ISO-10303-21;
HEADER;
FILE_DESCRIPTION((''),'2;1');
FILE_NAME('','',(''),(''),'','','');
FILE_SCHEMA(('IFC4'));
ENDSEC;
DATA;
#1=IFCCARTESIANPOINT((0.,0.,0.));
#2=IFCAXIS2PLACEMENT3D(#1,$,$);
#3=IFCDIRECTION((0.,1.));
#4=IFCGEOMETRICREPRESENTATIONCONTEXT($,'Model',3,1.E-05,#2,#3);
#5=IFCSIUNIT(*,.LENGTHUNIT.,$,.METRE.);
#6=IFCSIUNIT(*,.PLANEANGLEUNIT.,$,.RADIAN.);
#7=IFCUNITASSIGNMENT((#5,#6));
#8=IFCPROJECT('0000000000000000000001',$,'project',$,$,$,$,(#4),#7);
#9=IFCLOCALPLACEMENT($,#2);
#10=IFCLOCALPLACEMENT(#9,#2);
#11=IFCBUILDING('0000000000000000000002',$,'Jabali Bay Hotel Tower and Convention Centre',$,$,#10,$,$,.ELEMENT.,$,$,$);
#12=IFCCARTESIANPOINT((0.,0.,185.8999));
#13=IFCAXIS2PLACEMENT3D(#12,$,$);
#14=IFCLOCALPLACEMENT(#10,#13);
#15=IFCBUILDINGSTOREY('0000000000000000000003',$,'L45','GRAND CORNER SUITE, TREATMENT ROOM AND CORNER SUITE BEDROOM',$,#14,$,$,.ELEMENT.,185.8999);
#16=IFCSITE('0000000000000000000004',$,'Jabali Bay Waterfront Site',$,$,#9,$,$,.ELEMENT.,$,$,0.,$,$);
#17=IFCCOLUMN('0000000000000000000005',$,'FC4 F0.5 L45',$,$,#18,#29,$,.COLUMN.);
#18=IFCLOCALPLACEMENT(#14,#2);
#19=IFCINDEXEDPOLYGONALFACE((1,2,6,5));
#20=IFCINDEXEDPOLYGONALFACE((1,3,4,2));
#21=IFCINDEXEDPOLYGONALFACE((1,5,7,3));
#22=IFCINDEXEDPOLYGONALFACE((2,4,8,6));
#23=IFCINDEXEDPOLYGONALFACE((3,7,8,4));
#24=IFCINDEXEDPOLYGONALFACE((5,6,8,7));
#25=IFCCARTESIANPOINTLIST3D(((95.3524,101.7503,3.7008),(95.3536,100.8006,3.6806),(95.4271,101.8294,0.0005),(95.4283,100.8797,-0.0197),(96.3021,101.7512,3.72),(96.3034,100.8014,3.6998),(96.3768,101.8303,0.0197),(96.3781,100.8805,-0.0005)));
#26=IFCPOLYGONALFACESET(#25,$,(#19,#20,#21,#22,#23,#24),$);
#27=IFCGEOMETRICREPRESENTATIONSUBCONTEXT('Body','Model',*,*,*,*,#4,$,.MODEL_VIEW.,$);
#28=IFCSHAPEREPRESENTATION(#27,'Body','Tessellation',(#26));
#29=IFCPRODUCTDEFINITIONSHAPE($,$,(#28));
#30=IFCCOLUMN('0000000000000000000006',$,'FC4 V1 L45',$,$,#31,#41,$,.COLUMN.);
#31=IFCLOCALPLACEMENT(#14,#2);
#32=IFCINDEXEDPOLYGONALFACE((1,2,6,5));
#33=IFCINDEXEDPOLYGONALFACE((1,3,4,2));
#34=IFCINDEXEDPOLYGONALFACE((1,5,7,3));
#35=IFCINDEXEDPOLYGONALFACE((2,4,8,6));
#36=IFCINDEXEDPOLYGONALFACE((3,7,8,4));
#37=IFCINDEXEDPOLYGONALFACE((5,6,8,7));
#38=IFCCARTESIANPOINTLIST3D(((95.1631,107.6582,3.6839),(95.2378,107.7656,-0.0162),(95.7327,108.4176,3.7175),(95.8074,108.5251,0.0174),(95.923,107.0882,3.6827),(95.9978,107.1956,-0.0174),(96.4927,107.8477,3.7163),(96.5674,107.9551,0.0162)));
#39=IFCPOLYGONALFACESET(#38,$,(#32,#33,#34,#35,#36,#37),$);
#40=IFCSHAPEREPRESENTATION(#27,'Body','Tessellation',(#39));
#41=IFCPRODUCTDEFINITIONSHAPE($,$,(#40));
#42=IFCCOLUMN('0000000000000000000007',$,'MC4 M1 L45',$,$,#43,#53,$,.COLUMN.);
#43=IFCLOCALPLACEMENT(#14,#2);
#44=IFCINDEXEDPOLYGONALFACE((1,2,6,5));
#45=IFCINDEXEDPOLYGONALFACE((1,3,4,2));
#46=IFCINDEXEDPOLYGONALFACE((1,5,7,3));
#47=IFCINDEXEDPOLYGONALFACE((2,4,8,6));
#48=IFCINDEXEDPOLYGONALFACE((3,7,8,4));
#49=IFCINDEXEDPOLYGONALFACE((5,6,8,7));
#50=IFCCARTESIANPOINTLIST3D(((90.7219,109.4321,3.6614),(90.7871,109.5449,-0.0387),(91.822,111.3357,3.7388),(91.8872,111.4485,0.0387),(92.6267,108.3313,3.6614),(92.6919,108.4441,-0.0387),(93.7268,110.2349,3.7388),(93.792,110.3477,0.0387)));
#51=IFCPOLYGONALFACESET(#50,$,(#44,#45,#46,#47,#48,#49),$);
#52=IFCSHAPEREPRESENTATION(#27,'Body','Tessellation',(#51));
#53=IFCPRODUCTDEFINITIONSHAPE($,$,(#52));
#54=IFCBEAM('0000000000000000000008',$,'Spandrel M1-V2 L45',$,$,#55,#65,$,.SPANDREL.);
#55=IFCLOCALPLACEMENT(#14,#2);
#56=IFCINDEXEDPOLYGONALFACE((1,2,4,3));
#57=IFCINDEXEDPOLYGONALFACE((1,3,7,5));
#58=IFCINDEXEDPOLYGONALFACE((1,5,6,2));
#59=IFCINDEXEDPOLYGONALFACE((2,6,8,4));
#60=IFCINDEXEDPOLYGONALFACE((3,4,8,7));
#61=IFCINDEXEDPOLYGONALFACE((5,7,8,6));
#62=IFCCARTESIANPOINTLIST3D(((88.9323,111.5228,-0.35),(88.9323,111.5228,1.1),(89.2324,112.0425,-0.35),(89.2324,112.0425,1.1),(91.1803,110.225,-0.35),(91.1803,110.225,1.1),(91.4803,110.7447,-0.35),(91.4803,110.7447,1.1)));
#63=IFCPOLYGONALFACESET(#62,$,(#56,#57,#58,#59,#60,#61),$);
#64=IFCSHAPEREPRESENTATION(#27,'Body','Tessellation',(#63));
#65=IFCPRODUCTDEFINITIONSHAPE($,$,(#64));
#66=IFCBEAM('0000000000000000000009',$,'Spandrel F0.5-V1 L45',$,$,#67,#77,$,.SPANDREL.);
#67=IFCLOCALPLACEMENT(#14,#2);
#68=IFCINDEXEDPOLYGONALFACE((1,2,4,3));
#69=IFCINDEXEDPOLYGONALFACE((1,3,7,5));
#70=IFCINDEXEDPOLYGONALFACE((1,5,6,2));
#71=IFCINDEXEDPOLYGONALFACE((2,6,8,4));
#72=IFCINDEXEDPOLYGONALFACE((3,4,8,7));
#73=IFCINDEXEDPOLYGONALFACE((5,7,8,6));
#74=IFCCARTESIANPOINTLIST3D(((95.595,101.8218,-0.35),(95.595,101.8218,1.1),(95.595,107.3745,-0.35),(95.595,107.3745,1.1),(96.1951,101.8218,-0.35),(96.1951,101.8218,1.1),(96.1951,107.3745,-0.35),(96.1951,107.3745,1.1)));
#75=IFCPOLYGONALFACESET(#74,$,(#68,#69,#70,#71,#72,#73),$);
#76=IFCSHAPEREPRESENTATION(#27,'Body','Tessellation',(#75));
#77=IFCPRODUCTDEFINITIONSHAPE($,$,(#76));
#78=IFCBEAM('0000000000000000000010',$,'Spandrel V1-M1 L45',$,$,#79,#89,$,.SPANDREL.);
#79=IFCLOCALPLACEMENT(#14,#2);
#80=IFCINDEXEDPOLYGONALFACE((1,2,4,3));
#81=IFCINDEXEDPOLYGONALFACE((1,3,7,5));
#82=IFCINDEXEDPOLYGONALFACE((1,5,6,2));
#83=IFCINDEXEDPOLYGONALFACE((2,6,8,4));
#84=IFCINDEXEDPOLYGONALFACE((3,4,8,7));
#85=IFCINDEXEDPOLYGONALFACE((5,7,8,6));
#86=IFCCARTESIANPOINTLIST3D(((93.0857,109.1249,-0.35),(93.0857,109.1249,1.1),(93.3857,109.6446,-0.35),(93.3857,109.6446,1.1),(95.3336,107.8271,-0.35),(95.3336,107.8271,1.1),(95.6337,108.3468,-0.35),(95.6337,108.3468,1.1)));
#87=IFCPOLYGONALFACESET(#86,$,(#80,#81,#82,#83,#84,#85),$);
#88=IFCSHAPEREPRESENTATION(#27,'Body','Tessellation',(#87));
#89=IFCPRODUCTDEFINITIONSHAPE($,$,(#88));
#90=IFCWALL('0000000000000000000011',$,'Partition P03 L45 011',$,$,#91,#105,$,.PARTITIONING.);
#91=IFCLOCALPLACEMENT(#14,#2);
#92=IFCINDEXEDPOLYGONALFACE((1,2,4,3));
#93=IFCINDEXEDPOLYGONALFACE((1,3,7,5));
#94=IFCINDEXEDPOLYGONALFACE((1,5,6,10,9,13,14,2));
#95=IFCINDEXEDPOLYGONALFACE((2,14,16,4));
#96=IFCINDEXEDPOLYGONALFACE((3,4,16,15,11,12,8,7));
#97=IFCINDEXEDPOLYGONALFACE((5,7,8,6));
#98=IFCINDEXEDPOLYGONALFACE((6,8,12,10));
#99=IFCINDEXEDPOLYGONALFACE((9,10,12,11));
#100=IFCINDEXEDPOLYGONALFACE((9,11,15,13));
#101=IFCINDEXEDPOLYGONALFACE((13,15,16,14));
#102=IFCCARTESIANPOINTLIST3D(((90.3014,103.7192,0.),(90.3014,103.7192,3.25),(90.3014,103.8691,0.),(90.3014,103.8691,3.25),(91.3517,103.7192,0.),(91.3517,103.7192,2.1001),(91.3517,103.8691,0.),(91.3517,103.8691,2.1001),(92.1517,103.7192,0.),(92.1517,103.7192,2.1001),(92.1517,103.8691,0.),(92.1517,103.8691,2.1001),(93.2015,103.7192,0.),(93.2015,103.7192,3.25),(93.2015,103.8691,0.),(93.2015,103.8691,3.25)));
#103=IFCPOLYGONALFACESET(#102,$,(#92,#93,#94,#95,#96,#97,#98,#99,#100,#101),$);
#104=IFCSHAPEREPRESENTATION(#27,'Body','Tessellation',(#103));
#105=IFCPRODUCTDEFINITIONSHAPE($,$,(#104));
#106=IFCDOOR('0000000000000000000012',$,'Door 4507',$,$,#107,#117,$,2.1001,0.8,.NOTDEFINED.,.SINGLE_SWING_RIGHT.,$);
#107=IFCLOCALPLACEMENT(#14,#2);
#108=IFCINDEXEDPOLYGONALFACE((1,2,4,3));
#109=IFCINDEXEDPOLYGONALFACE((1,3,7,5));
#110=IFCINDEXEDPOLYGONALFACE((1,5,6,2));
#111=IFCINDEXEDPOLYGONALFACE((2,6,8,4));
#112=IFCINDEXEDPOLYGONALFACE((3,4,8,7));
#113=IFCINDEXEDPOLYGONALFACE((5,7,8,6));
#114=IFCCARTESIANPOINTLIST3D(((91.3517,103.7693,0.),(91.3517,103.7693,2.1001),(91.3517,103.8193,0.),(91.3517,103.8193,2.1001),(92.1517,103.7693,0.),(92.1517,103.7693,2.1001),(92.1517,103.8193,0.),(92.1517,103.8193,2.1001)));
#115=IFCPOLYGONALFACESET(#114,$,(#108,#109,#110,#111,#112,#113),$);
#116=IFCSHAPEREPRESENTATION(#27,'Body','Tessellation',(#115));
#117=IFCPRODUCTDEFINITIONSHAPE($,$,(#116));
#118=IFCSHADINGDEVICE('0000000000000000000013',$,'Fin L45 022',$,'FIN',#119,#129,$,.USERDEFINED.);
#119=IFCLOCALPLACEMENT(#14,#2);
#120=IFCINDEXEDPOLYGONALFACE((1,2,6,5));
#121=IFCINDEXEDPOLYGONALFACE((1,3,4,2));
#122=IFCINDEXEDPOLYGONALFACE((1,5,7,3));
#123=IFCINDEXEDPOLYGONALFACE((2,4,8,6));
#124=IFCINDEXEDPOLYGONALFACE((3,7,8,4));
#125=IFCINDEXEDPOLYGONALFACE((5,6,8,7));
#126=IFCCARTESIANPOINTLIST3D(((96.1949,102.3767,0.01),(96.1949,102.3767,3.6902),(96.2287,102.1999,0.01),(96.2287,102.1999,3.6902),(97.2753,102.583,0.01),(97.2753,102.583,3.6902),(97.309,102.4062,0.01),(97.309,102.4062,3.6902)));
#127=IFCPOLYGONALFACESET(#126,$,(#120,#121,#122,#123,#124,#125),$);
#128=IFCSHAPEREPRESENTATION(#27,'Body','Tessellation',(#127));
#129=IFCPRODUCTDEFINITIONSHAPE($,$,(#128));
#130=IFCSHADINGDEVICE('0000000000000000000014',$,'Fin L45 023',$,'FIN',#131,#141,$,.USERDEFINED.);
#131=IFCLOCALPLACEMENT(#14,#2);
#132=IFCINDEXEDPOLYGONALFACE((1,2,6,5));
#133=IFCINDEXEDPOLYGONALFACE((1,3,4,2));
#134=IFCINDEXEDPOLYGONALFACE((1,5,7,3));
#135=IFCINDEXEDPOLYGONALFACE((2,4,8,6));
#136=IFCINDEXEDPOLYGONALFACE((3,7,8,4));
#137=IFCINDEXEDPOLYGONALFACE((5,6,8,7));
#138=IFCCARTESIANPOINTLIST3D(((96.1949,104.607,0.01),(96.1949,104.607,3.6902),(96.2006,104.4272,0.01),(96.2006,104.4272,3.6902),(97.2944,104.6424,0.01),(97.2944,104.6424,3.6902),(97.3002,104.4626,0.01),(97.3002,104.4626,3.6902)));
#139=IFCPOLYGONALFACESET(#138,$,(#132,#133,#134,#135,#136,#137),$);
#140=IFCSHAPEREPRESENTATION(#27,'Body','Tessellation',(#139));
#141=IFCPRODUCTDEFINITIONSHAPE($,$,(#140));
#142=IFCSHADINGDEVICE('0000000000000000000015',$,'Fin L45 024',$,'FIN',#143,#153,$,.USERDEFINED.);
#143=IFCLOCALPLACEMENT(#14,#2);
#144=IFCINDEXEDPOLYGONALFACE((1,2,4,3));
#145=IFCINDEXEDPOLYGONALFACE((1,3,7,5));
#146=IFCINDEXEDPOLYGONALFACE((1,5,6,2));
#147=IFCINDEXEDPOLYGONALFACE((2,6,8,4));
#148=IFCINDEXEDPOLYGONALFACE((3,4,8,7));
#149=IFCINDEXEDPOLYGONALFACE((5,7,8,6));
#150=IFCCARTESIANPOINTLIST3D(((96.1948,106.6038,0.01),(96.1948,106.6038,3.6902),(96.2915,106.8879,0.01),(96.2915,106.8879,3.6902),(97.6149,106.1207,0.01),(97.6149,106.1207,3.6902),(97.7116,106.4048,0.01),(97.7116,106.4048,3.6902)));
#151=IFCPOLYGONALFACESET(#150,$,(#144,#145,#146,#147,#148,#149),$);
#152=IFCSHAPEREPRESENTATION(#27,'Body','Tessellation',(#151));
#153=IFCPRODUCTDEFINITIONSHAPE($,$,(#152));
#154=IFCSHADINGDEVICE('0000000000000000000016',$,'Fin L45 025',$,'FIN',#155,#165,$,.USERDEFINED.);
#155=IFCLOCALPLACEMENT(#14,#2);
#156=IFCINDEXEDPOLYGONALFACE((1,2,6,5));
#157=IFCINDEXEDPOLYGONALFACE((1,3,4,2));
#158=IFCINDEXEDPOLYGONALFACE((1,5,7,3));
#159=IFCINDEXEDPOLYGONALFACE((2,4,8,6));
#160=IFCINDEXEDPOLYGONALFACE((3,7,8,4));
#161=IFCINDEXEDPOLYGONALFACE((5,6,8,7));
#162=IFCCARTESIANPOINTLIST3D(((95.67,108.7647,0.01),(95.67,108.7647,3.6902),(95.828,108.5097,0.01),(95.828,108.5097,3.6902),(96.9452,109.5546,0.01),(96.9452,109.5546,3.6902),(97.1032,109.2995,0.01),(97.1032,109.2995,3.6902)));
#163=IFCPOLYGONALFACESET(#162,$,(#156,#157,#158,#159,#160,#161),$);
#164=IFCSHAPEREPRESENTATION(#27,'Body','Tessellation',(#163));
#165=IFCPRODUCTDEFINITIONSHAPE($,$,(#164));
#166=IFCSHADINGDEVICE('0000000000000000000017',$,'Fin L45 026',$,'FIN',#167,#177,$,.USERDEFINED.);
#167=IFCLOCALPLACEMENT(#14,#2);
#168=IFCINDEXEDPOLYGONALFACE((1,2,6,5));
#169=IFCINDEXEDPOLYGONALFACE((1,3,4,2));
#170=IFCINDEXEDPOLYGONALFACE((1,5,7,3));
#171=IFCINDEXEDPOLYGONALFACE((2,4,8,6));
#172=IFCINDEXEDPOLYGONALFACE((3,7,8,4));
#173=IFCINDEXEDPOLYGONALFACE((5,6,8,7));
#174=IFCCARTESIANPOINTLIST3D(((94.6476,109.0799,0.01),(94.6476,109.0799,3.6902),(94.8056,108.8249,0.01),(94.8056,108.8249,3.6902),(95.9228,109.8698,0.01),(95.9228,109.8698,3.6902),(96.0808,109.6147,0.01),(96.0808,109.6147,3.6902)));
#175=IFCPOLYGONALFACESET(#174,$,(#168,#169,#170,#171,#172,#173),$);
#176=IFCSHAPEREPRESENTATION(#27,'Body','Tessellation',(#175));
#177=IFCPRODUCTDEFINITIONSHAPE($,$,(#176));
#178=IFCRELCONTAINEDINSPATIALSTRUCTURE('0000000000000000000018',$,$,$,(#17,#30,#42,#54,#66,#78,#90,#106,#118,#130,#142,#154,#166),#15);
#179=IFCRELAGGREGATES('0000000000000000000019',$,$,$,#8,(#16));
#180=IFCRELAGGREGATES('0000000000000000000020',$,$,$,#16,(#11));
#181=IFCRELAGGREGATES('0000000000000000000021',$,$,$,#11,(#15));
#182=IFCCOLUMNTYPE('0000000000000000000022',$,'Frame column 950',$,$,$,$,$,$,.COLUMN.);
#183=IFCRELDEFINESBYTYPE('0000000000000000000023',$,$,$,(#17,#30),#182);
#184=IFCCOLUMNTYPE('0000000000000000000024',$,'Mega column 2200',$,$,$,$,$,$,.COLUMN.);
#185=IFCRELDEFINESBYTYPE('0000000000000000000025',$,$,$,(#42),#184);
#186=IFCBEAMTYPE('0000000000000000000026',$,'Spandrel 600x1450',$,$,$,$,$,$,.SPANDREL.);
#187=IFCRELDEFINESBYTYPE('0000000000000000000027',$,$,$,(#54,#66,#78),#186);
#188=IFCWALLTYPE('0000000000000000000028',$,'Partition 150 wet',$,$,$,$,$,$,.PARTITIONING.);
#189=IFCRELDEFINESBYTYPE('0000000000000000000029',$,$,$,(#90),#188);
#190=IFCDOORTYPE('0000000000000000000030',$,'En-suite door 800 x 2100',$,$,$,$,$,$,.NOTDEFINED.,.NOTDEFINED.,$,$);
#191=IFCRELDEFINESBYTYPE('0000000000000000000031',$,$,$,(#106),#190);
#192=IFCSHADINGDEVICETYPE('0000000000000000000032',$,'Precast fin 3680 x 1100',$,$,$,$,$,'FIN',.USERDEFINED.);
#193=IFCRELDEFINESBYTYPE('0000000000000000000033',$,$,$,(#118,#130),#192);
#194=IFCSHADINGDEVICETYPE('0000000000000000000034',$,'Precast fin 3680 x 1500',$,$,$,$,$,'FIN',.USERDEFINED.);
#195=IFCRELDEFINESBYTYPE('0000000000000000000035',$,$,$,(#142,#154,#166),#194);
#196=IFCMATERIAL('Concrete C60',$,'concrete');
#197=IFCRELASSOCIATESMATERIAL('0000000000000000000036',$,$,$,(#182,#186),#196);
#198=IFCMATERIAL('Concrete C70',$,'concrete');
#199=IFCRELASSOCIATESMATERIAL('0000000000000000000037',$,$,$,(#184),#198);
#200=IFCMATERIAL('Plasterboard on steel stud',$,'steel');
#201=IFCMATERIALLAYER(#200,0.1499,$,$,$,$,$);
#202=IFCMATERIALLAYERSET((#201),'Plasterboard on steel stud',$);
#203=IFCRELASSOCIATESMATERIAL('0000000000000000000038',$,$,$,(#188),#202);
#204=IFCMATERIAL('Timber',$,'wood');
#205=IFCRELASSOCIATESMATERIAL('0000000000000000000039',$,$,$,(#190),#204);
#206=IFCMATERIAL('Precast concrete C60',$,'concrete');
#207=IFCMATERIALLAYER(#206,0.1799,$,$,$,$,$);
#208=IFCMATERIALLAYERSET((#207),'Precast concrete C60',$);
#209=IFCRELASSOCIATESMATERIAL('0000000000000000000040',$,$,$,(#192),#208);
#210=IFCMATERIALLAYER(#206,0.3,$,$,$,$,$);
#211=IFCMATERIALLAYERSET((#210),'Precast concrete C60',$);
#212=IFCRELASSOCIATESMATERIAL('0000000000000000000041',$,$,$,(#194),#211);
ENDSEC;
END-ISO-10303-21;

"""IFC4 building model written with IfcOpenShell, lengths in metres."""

from ifc_helpers import new_model, si_unit, direction, frame, frame_2d, origin, origin_2d, place, context, subcontext, project, spatial, rectangle, extrude, material, layer, layer_set, material_profile, profile_set, type_object, element, fill, save


model = new_model("IFC4")

# Units and contexts
model_context = context("Model", 3, precision=1e-05, world=origin(), true_north=direction((0.0, 1.0)))
body_context = subcontext(model_context, "Body", "Model", "MODEL_VIEW")
ifc_project = project(units=[si_unit("LENGTHUNIT", "METRE"), si_unit("PLANEANGLEUNIT", "RADIAN")], contexts=[model_context])

# Site, building, storey
site_placement = place(None, origin())
site = spatial("IfcSite", under=ifc_project, at=site_placement, Name="Jabali Bay Waterfront Site", CompositionType="ELEMENT", RefElevation=0.0)
building_placement = place(site_placement, origin())
building = spatial("IfcBuilding", under=site, at=building_placement, Name="Jabali Bay Hotel Tower and Convention Centre", CompositionType="ELEMENT")
storey_placement = place(building_placement, frame((0.0, 0.0, 185.8999)))
storey = spatial("IfcBuildingStorey", under=building, at=storey_placement, Name="L45", Description="GRAND CORNER SUITE, TREATMENT ROOM AND CORNER SUITE BEDROOM", CompositionType="ELEMENT", Elevation=185.8999)

# Columns
ifc_material_1 = material(Name="Concrete C60", Category="concrete")
ifc_material_profile_1 = material_profile(ifc_material_1, rectangle(XDim=0.95, YDim=0.95, at=origin_2d()), Name="Frame column 950")
ifc_profile_set_1 = profile_set([ifc_material_profile_1], Name="Concrete C60")
column_type_1 = type_object("IfcColumnType", Name="Frame column 950", PredefinedType="COLUMN", material=ifc_profile_set_1)
column_1_placement = place(storey_placement, frame((95.9026, 101.355, 0.0), z_axis=(-0.020181, -0.021368, 0.999568), x_axis=(0.999795, 0.000884, 0.020205)))
element("IfcColumn", 1, at=column_1_placement, inside=storey, type_object=column_type_1, Name="FC4 F0.5 L45", PredefinedType="COLUMN", context=body_context, shape_type="SweptSolid", body=[
    extrude(rectangle(XDim=0.95, YDim=0.95, at=origin_2d()), origin(), (0.0, 0.0, 1.0), 3.7019),
])
column_2_placement = place(storey_placement, frame((95.9026, 107.8604, 0.0), z_axis=(-0.020177, -0.029013, 0.999375), x_axis=(0.599651, 0.799482, 0.035317)))
element("IfcColumn", 2, at=column_2_placement, inside=storey, type_object=column_type_1, Name="FC4 V1 L45", PredefinedType="COLUMN", context=body_context, shape_type="SweptSolid", body=[
    extrude(rectangle(XDim=0.95, YDim=0.95, at=origin_2d()), origin(), (0.0, 0.0, 1.0), 3.7024),
])
ifc_material_2 = material(Name="Concrete C70", Category="concrete")
ifc_material_profile_2 = material_profile(ifc_material_2, rectangle(XDim=2.2, YDim=2.2, at=origin_2d()), Name="Mega column 2200")
ifc_profile_set_2 = profile_set([ifc_material_profile_2], Name="Concrete C70")
column_type_2 = type_object("IfcColumnType", Name="Mega column 2200", PredefinedType="COLUMN", material=ifc_profile_set_2)
column_3_placement = place(storey_placement, frame((92.2896, 109.9463, 0.0), z_axis=(-0.017606, -0.030464, 0.999381), x_axis=(0.865814, -0.500365, 0.0)))
element("IfcColumn", 3, at=column_3_placement, inside=storey, type_object=column_type_2, Name="MC4 M1 L45", PredefinedType="COLUMN", context=body_context, shape_type="SweptSolid", body=[
    extrude(rectangle(XDim=2.2, YDim=2.2, at=origin_2d()), origin(), (0.0, 0.0, 1.0), 3.7024),
])

# Beams
ifc_material_profile_3 = material_profile(ifc_material_1, rectangle(XDim=0.6001, YDim=1.45, at=origin_2d()), Name="Spandrel 600x1450")
ifc_profile_set_3 = profile_set([ifc_material_profile_3], Name="Concrete C60")
beam_type = type_object("IfcBeamType", Name="Spandrel 600x1450", PredefinedType="SPANDREL", material=ifc_profile_set_3)
beam_1_placement = place(storey_placement, frame((91.3303, 110.4849, 0.375), z_axis=(-0.866035, 0.499983, 0.0), x_axis=(-0.499983, -0.866035, 0.0)))
element("IfcBeam", 4, at=beam_1_placement, inside=storey, type_object=beam_type, Name="Spandrel M1-V2 L45", PredefinedType="SPANDREL", context=body_context, shape_type="SweptSolid", body=[
    extrude(rectangle(XDim=0.6001, YDim=1.45, at=origin_2d()), origin(), (0.0, 0.0, 1.0), 2.5957),
])
beam_2_placement = place(storey_placement, frame((95.895, 101.8218, 0.375), z_axis=(0.0, 1.0, 0.0), x_axis=(-1.0, 0.0, 0.0)))
element("IfcBeam", 5, at=beam_2_placement, inside=storey, type_object=beam_type, Name="Spandrel F0.5-V1 L45", PredefinedType="SPANDREL", context=body_context, shape_type="SweptSolid", body=[
    extrude(rectangle(XDim=0.6001, YDim=1.45, at=origin_2d()), origin(), (0.0, 0.0, 1.0), 5.5527),
])
beam_3_placement = place(storey_placement, frame((95.4836, 108.0869, 0.375), z_axis=(-0.866035, 0.499983, 0.0), x_axis=(-0.499983, -0.866035, 0.0)))
element("IfcBeam", 6, at=beam_3_placement, inside=storey, type_object=beam_type, Name="Spandrel V1-M1 L45", PredefinedType="SPANDREL", context=body_context, shape_type="SweptSolid", body=[
    extrude(rectangle(XDim=0.6001, YDim=1.45, at=origin_2d()), origin(), (0.0, 0.0, 1.0), 2.5957),
])

# Wall, opening, door
ifc_material_3 = material(Name="Plasterboard on steel stud", Category="steel")
ifc_layer_1 = layer(ifc_material_3, 0.1499)
ifc_layer_set_1 = layer_set([ifc_layer_1], Name="Plasterboard on steel stud")
wall_type_1 = type_object("IfcWallType", Name="Partition 150 wet", PredefinedType="PARTITIONING", material=ifc_layer_set_1)
wall_1_placement = place(storey_placement, frame((93.2017, 103.7942, 0.0), z_axis=(0.0, 0.0, 1.0), x_axis=(-1.0, 0.0, 0.0)))
wall_1 = element("IfcWall", 7, at=wall_1_placement, inside=storey, type_object=wall_type_1, Name="Partition P03 L45 011", PredefinedType="PARTITIONING", context=body_context, shape_type="SweptSolid", body=[
    extrude(rectangle(XDim=2.9001, YDim=0.1499, at=frame_2d((1.4502, 0.0))), origin(), (0.0, 0.0, 1.0), 3.25),
])
opening_1_placement = place(wall_1_placement, frame((1.05, 0.0, 0.0)))
opening_1 = element("IfcOpeningElement", 8, at=opening_1_placement, cuts=wall_1, PredefinedType="OPENING", context=body_context, shape_type="SweptSolid", body=[
    extrude(rectangle(XDim=0.8, YDim=2.1001, at=frame_2d((0.3999, 1.05))), frame((0.0, 0.0854, 0.0), z_axis=(0.0, -1.0, 0.0), x_axis=(1.0, 0.0, 0.0)), (0.0, 0.0, 1.0), 0.1709),
])
ifc_material_4 = material(Name="Timber", Category="wood")
door_type_1 = type_object("IfcDoorType", Name="En-suite door 800 x 2100", OperationType="NOTDEFINED", PredefinedType="NOTDEFINED", material=ifc_material_4)
door_1_placement = place(opening_1_placement, origin())
door_1 = element("IfcDoor", 9, at=door_1_placement, inside=storey, type_object=door_type_1, Name="Door 4507", OperationType="SINGLE_SWING_RIGHT", OverallHeight=2.1001, OverallWidth=0.8, PredefinedType="NOTDEFINED", context=body_context, shape_type="SweptSolid", body=[
    extrude(rectangle(XDim=0.8, YDim=2.1001, at=frame_2d((0.3999, 1.05))), frame((0.0, 0.0249, 0.0), z_axis=(0.0, -1.0, 0.0), x_axis=(1.0, 0.0, 0.0)), (0.0, 0.0, 1.0), 0.05),
])
fill(opening_1, door_1)

# Shading devices
ifc_material_5 = material(Name="Precast concrete C60", Category="concrete")
ifc_layer_2 = layer(ifc_material_5, 0.1799)
ifc_layer_set_2 = layer_set([ifc_layer_2], Name="Precast concrete C60")
shading_device_type_1 = type_object("IfcShadingDeviceType", Name="Precast fin 3680 x 1100", ElementType="FIN", PredefinedType="USERDEFINED", material=ifc_layer_set_2)
shading_device_1_placement = place(storey_placement, frame((96.2119, 102.2883, 0.01), z_axis=(0.0, 0.0, 1.0), x_axis=(0.982251, 0.187571, 0.0)))
element("IfcShadingDevice", 10, at=shading_device_1_placement, inside=storey, type_object=shading_device_type_1, Name="Fin L45 022", ObjectType="FIN", PredefinedType="USERDEFINED", context=body_context, shape_type="SweptSolid", body=[
    extrude(rectangle(XDim=1.0999, YDim=0.1799, at=frame_2d((0.5498, 0.0))), origin(), (0.0, 0.0, 1.0), 3.6802),
])
shading_device_2_placement = place(storey_placement, frame((96.1978, 104.5171, 0.01), z_axis=(0.0, 0.0, 1.0), x_axis=(0.999482, 0.032177, 0.0)))
element("IfcShadingDevice", 11, at=shading_device_2_placement, inside=storey, type_object=shading_device_type_1, Name="Fin L45 023", ObjectType="FIN", PredefinedType="USERDEFINED", context=body_context, shape_type="SweptSolid", body=[
    extrude(rectangle(XDim=1.1001, YDim=0.1799, at=frame_2d((0.55, 0.0))), origin(), (0.0, 0.0, 1.0), 3.6802),
])
ifc_layer_3 = layer(ifc_material_5, 0.3)
ifc_layer_set_3 = layer_set([ifc_layer_3], Name="Precast concrete C60")
shading_device_type_2 = type_object("IfcShadingDeviceType", Name="Precast fin 3680 x 1500", ElementType="FIN", PredefinedType="USERDEFINED", material=ifc_layer_set_3)
for number, where, z_axis, x_axis, name in (
    (12, (96.2432, 106.7458, 0.01), (0.0, 0.0, 1.0), (0.946712, -0.322081, 0.0), "Fin L45 024"),
    (13, (95.749, 108.6372, 0.01), (0.0, 0.0, 1.0), (0.85014, 0.526556, 0.0), "Fin L45 025"),
    (14, (94.7266, 108.9524, 0.01), (0.0, 0.0, 1.0), (0.85014, 0.526556, 0.0), "Fin L45 026"),
):
    element("IfcShadingDevice", number, at=place(storey_placement, frame(where, z_axis=z_axis, x_axis=x_axis)), inside=storey, type_object=shading_device_type_2, Name=name, ObjectType="FIN", PredefinedType="USERDEFINED", context=body_context, shape_type="SweptSolid", body=[
        extrude(rectangle(XDim=1.5, YDim=0.3, at=frame_2d((0.75, 0.0))), origin(), (0.0, 0.0, 1.0), 3.6802),
    ])

save(model, "model.ifc")
